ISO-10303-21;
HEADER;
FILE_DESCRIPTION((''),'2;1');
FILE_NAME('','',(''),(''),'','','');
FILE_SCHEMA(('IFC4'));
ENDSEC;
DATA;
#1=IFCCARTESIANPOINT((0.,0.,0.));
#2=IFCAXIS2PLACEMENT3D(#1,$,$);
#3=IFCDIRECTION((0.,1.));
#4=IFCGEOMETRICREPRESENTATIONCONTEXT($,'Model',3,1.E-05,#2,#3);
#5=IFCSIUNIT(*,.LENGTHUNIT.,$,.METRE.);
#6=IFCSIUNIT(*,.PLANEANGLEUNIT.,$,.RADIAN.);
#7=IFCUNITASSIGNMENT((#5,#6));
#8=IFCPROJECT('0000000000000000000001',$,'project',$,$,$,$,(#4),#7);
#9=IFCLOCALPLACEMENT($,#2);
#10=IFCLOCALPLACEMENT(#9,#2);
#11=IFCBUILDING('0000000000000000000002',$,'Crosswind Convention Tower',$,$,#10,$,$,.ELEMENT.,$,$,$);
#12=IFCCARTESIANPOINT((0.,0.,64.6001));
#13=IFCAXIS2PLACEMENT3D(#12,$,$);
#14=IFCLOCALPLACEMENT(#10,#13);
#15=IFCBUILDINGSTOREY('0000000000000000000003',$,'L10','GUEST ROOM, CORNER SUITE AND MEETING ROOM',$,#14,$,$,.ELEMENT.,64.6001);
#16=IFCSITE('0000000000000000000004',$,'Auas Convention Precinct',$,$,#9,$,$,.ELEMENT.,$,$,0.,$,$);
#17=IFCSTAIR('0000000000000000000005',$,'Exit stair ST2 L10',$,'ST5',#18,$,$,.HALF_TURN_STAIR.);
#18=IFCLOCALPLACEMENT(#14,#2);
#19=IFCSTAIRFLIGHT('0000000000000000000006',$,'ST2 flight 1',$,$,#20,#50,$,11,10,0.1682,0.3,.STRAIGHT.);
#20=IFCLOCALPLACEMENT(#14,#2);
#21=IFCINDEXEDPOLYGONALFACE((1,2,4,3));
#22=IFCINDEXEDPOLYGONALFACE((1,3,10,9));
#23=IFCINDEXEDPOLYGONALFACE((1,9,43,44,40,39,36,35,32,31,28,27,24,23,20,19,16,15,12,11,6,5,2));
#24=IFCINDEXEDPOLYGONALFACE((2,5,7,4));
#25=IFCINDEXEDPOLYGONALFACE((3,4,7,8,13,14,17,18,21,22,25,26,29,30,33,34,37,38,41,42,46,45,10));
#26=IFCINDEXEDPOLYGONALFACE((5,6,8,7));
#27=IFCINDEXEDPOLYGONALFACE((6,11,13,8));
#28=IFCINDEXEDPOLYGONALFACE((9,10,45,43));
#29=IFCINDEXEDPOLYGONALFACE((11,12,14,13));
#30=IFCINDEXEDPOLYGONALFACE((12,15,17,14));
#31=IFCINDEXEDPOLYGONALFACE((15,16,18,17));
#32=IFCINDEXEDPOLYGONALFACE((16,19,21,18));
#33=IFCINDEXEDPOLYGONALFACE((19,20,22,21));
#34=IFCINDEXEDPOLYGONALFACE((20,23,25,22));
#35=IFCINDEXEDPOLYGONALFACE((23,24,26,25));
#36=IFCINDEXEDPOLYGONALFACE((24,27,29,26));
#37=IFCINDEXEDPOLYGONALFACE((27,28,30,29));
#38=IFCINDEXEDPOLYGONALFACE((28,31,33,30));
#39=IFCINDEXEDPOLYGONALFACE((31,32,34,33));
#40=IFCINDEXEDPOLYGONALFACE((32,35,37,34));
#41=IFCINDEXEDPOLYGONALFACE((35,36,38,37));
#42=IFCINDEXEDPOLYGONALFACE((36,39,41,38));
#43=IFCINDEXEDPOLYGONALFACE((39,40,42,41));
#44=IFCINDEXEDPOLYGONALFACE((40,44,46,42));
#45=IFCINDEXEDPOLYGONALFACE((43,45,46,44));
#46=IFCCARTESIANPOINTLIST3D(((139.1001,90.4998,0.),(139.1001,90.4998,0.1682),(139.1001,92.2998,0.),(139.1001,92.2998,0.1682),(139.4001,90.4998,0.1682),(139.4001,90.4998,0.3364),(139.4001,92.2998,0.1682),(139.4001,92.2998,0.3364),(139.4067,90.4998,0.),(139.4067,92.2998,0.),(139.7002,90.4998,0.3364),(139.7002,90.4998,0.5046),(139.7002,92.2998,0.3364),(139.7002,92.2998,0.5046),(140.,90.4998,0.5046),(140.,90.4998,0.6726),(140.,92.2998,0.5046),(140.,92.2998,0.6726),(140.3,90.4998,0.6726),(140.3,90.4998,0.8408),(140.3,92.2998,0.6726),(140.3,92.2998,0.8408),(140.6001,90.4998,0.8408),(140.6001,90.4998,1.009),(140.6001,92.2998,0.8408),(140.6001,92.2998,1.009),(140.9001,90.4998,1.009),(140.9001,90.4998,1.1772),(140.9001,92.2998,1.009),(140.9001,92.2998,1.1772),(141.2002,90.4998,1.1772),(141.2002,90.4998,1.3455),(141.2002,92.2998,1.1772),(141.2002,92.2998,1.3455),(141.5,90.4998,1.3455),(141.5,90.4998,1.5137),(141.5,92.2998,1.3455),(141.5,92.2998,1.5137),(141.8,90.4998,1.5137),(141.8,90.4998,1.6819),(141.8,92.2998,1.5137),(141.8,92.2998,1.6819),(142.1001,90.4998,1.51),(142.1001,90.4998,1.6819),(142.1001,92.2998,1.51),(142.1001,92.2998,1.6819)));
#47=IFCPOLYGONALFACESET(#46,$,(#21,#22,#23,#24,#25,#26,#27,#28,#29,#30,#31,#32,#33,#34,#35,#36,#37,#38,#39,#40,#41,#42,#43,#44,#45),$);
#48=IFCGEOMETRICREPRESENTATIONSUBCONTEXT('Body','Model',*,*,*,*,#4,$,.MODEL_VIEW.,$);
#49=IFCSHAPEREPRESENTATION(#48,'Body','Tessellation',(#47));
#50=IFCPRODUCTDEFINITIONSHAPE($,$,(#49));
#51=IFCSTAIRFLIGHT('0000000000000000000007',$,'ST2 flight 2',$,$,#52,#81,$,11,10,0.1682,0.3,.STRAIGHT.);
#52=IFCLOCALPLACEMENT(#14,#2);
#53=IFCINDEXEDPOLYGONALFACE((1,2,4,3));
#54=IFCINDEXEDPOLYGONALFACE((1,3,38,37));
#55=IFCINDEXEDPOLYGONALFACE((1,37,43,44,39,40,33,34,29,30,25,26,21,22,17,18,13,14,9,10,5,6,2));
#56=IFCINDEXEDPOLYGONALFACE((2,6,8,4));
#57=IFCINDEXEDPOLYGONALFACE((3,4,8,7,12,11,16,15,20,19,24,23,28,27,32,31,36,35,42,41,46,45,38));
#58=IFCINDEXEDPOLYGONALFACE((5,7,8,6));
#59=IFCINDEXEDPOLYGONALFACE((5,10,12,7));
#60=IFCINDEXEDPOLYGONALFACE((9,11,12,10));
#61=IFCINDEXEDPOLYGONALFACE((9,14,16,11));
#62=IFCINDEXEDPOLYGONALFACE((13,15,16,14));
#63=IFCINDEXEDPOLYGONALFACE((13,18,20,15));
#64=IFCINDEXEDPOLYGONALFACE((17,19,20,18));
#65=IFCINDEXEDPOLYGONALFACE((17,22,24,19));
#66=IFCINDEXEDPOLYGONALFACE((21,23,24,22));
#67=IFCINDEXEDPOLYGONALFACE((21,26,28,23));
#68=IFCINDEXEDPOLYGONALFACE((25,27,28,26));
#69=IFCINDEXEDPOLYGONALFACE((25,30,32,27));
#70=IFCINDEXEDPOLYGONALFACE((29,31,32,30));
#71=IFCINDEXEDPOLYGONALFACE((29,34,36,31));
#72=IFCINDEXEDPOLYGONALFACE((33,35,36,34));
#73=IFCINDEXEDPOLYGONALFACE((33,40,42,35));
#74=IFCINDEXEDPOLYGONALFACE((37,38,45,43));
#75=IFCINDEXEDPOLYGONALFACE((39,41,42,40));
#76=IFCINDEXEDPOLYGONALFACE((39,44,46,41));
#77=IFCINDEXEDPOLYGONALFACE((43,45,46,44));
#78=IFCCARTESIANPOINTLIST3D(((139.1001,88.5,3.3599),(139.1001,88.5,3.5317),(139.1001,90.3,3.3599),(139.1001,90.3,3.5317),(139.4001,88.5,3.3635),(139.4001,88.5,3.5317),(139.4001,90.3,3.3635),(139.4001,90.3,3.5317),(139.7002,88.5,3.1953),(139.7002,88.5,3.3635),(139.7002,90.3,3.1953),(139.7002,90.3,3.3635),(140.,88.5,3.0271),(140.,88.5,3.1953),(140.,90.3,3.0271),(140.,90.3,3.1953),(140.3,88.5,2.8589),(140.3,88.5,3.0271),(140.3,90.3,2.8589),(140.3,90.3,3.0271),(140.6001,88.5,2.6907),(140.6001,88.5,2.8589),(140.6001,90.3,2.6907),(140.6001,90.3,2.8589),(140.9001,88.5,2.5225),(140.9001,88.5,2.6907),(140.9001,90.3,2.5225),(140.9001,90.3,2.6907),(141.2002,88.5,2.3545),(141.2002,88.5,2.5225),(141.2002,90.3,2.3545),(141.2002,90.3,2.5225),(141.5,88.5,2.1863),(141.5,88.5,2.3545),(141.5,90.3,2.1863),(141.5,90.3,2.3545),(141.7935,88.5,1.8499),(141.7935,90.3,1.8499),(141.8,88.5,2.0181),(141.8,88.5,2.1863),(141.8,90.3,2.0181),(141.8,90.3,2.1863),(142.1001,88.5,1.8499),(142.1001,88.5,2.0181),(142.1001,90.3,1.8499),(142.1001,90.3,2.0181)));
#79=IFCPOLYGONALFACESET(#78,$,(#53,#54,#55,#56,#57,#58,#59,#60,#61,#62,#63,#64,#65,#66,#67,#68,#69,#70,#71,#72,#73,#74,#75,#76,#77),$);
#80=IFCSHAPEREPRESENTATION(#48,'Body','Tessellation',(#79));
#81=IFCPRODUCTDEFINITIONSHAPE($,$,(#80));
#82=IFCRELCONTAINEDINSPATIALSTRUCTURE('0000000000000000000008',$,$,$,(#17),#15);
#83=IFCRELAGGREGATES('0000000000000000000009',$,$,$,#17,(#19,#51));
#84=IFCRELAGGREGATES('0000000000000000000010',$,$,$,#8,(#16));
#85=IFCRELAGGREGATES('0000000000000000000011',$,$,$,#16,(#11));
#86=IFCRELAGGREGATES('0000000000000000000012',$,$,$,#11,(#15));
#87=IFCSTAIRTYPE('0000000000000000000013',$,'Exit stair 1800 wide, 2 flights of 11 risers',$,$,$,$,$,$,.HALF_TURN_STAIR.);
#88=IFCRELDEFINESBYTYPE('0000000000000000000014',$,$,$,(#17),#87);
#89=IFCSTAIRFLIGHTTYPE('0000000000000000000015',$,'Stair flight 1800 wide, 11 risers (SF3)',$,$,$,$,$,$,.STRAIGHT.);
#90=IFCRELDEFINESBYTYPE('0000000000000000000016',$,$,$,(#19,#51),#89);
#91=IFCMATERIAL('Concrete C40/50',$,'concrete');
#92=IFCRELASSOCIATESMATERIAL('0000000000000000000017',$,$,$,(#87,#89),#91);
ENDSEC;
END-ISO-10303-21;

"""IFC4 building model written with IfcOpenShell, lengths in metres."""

from ifc_helpers import new_model, si_unit, direction, frame, origin, place, context, subcontext, project, spatial, polyline, outline, extrude, material, type_object, element, aggregate, save


model = new_model("IFC4")

# Units and contexts
model_context = context("Model", 3, precision=1e-05, world=origin(), true_north=direction((0.0, 1.0)))
body_context = subcontext(model_context, "Body", "Model", "MODEL_VIEW")
ifc_project = project(units=[si_unit("LENGTHUNIT", "METRE"), si_unit("PLANEANGLEUNIT", "RADIAN")], contexts=[model_context])

# Site, building, storey
site_placement = place(None, origin())
site = spatial("IfcSite", under=ifc_project, at=site_placement, Name="Auas Convention Precinct", CompositionType="ELEMENT", RefElevation=0.0)
building_placement = place(site_placement, origin())
building = spatial("IfcBuilding", under=site, at=building_placement, Name="Crosswind Convention Tower", CompositionType="ELEMENT")
storey_placement = place(building_placement, frame((0.0, 0.0, 64.6001)))
storey = spatial("IfcBuildingStorey", under=building, at=storey_placement, Name="L10", Description="GUEST ROOM, CORNER SUITE AND MEETING ROOM", CompositionType="ELEMENT", Elevation=64.6001)

# Stair, stair flights
ifc_material_1 = material(Name="Concrete C40/50", Category="concrete")
stair_type = type_object("IfcStairType", Name="Exit stair 1800 wide, 2 flights of 11 risers", PredefinedType="HALF_TURN_STAIR", material=ifc_material_1)
stair_placement = place(storey_placement, origin())
stair = element("IfcStair", 1, at=stair_placement, inside=storey, type_object=stair_type, Name="Exit stair ST2 L10", ObjectType="ST5", PredefinedType="HALF_TURN_STAIR")
stair_flight_type = type_object("IfcStairFlightType", Name="Stair flight 1800 wide, 11 risers (SF3)", PredefinedType="STRAIGHT", material=ifc_material_1)
stair_flight_1_placement = place(storey_placement, frame((139.1001, 91.3999, 0.0), z_axis=(0.0, 0.0, 1.0), x_axis=(1.0, 0.0, 0.0)))
stair_flight_1 = element("IfcStairFlight", 2, at=stair_flight_1_placement, type_object=stair_flight_type, Name="ST2 flight 1", NumberOfRisers=11, NumberOfTreads=10, PredefinedType="STRAIGHT", RiserHeight=0.1682, TreadLength=0.3, context=body_context, shape_type="SweptSolid", body=[
    extrude(outline(polyline([(0.0, 0.0), (0.0, 0.1682), (0.3, 0.1682), (0.3, 0.3364), (0.6001, 0.3364), (0.6001, 0.5046), (0.8999, 0.5046), (0.8999, 0.6726), (1.2, 0.6726), (1.2, 0.8408), (1.5, 0.8408), (1.5, 1.009), (1.8, 1.009), (1.8, 1.1772), (2.1001, 1.1772), (2.1001, 1.3455), (2.3999, 1.3455), (2.3999, 1.5137), (2.7, 1.5137), (2.7, 1.6819), (3.0, 1.6819), (3.0, 1.8501), (3.0, 1.51), (0.3066, 0.0), (0.0, 0.0)])), frame((0.0, 0.8999, 0.0), z_axis=(0.0, -1.0, 0.0), x_axis=(1.0, 0.0, 0.0)), (0.0, 0.0, 1.0), 1.8),
])
stair_flight_2_placement = place(storey_placement, frame((142.1001, 89.3999, 1.8499), z_axis=(0.0, 0.0, 1.0), x_axis=(-1.0, 0.0, 0.0)))
stair_flight_2 = element("IfcStairFlight", 3, at=stair_flight_2_placement, type_object=stair_flight_type, Name="ST2 flight 2", NumberOfRisers=11, NumberOfTreads=10, PredefinedType="STRAIGHT", RiserHeight=0.1682, TreadLength=0.3, context=body_context, shape_type="SweptSolid", body=[
    extrude(outline(polyline([(0.0, 0.0), (0.0, 0.1682), (0.3, 0.1682), (0.3, 0.3364), (0.6001, 0.3364), (0.6001, 0.5046), (0.8999, 0.5046), (0.8999, 0.6726), (1.2, 0.6726), (1.2, 0.8408), (1.5, 0.8408), (1.5, 1.009), (1.8, 1.009), (1.8, 1.1772), (2.1001, 1.1772), (2.1001, 1.3455), (2.3999, 1.3455), (2.3999, 1.5137), (2.7, 1.5137), (2.7, 1.6819), (3.0, 1.6819), (3.0, 1.8501), (3.0, 1.51), (0.3066, 0.0), (0.0, 0.0)])), frame((0.0, 0.8999, 0.0), z_axis=(0.0, -1.0, 0.0), x_axis=(1.0, 0.0, 0.0)), (0.0, 0.0, 1.0), 1.8),
])
aggregate(stair, [stair_flight_1, stair_flight_2])

save(model, "model.ifc")
